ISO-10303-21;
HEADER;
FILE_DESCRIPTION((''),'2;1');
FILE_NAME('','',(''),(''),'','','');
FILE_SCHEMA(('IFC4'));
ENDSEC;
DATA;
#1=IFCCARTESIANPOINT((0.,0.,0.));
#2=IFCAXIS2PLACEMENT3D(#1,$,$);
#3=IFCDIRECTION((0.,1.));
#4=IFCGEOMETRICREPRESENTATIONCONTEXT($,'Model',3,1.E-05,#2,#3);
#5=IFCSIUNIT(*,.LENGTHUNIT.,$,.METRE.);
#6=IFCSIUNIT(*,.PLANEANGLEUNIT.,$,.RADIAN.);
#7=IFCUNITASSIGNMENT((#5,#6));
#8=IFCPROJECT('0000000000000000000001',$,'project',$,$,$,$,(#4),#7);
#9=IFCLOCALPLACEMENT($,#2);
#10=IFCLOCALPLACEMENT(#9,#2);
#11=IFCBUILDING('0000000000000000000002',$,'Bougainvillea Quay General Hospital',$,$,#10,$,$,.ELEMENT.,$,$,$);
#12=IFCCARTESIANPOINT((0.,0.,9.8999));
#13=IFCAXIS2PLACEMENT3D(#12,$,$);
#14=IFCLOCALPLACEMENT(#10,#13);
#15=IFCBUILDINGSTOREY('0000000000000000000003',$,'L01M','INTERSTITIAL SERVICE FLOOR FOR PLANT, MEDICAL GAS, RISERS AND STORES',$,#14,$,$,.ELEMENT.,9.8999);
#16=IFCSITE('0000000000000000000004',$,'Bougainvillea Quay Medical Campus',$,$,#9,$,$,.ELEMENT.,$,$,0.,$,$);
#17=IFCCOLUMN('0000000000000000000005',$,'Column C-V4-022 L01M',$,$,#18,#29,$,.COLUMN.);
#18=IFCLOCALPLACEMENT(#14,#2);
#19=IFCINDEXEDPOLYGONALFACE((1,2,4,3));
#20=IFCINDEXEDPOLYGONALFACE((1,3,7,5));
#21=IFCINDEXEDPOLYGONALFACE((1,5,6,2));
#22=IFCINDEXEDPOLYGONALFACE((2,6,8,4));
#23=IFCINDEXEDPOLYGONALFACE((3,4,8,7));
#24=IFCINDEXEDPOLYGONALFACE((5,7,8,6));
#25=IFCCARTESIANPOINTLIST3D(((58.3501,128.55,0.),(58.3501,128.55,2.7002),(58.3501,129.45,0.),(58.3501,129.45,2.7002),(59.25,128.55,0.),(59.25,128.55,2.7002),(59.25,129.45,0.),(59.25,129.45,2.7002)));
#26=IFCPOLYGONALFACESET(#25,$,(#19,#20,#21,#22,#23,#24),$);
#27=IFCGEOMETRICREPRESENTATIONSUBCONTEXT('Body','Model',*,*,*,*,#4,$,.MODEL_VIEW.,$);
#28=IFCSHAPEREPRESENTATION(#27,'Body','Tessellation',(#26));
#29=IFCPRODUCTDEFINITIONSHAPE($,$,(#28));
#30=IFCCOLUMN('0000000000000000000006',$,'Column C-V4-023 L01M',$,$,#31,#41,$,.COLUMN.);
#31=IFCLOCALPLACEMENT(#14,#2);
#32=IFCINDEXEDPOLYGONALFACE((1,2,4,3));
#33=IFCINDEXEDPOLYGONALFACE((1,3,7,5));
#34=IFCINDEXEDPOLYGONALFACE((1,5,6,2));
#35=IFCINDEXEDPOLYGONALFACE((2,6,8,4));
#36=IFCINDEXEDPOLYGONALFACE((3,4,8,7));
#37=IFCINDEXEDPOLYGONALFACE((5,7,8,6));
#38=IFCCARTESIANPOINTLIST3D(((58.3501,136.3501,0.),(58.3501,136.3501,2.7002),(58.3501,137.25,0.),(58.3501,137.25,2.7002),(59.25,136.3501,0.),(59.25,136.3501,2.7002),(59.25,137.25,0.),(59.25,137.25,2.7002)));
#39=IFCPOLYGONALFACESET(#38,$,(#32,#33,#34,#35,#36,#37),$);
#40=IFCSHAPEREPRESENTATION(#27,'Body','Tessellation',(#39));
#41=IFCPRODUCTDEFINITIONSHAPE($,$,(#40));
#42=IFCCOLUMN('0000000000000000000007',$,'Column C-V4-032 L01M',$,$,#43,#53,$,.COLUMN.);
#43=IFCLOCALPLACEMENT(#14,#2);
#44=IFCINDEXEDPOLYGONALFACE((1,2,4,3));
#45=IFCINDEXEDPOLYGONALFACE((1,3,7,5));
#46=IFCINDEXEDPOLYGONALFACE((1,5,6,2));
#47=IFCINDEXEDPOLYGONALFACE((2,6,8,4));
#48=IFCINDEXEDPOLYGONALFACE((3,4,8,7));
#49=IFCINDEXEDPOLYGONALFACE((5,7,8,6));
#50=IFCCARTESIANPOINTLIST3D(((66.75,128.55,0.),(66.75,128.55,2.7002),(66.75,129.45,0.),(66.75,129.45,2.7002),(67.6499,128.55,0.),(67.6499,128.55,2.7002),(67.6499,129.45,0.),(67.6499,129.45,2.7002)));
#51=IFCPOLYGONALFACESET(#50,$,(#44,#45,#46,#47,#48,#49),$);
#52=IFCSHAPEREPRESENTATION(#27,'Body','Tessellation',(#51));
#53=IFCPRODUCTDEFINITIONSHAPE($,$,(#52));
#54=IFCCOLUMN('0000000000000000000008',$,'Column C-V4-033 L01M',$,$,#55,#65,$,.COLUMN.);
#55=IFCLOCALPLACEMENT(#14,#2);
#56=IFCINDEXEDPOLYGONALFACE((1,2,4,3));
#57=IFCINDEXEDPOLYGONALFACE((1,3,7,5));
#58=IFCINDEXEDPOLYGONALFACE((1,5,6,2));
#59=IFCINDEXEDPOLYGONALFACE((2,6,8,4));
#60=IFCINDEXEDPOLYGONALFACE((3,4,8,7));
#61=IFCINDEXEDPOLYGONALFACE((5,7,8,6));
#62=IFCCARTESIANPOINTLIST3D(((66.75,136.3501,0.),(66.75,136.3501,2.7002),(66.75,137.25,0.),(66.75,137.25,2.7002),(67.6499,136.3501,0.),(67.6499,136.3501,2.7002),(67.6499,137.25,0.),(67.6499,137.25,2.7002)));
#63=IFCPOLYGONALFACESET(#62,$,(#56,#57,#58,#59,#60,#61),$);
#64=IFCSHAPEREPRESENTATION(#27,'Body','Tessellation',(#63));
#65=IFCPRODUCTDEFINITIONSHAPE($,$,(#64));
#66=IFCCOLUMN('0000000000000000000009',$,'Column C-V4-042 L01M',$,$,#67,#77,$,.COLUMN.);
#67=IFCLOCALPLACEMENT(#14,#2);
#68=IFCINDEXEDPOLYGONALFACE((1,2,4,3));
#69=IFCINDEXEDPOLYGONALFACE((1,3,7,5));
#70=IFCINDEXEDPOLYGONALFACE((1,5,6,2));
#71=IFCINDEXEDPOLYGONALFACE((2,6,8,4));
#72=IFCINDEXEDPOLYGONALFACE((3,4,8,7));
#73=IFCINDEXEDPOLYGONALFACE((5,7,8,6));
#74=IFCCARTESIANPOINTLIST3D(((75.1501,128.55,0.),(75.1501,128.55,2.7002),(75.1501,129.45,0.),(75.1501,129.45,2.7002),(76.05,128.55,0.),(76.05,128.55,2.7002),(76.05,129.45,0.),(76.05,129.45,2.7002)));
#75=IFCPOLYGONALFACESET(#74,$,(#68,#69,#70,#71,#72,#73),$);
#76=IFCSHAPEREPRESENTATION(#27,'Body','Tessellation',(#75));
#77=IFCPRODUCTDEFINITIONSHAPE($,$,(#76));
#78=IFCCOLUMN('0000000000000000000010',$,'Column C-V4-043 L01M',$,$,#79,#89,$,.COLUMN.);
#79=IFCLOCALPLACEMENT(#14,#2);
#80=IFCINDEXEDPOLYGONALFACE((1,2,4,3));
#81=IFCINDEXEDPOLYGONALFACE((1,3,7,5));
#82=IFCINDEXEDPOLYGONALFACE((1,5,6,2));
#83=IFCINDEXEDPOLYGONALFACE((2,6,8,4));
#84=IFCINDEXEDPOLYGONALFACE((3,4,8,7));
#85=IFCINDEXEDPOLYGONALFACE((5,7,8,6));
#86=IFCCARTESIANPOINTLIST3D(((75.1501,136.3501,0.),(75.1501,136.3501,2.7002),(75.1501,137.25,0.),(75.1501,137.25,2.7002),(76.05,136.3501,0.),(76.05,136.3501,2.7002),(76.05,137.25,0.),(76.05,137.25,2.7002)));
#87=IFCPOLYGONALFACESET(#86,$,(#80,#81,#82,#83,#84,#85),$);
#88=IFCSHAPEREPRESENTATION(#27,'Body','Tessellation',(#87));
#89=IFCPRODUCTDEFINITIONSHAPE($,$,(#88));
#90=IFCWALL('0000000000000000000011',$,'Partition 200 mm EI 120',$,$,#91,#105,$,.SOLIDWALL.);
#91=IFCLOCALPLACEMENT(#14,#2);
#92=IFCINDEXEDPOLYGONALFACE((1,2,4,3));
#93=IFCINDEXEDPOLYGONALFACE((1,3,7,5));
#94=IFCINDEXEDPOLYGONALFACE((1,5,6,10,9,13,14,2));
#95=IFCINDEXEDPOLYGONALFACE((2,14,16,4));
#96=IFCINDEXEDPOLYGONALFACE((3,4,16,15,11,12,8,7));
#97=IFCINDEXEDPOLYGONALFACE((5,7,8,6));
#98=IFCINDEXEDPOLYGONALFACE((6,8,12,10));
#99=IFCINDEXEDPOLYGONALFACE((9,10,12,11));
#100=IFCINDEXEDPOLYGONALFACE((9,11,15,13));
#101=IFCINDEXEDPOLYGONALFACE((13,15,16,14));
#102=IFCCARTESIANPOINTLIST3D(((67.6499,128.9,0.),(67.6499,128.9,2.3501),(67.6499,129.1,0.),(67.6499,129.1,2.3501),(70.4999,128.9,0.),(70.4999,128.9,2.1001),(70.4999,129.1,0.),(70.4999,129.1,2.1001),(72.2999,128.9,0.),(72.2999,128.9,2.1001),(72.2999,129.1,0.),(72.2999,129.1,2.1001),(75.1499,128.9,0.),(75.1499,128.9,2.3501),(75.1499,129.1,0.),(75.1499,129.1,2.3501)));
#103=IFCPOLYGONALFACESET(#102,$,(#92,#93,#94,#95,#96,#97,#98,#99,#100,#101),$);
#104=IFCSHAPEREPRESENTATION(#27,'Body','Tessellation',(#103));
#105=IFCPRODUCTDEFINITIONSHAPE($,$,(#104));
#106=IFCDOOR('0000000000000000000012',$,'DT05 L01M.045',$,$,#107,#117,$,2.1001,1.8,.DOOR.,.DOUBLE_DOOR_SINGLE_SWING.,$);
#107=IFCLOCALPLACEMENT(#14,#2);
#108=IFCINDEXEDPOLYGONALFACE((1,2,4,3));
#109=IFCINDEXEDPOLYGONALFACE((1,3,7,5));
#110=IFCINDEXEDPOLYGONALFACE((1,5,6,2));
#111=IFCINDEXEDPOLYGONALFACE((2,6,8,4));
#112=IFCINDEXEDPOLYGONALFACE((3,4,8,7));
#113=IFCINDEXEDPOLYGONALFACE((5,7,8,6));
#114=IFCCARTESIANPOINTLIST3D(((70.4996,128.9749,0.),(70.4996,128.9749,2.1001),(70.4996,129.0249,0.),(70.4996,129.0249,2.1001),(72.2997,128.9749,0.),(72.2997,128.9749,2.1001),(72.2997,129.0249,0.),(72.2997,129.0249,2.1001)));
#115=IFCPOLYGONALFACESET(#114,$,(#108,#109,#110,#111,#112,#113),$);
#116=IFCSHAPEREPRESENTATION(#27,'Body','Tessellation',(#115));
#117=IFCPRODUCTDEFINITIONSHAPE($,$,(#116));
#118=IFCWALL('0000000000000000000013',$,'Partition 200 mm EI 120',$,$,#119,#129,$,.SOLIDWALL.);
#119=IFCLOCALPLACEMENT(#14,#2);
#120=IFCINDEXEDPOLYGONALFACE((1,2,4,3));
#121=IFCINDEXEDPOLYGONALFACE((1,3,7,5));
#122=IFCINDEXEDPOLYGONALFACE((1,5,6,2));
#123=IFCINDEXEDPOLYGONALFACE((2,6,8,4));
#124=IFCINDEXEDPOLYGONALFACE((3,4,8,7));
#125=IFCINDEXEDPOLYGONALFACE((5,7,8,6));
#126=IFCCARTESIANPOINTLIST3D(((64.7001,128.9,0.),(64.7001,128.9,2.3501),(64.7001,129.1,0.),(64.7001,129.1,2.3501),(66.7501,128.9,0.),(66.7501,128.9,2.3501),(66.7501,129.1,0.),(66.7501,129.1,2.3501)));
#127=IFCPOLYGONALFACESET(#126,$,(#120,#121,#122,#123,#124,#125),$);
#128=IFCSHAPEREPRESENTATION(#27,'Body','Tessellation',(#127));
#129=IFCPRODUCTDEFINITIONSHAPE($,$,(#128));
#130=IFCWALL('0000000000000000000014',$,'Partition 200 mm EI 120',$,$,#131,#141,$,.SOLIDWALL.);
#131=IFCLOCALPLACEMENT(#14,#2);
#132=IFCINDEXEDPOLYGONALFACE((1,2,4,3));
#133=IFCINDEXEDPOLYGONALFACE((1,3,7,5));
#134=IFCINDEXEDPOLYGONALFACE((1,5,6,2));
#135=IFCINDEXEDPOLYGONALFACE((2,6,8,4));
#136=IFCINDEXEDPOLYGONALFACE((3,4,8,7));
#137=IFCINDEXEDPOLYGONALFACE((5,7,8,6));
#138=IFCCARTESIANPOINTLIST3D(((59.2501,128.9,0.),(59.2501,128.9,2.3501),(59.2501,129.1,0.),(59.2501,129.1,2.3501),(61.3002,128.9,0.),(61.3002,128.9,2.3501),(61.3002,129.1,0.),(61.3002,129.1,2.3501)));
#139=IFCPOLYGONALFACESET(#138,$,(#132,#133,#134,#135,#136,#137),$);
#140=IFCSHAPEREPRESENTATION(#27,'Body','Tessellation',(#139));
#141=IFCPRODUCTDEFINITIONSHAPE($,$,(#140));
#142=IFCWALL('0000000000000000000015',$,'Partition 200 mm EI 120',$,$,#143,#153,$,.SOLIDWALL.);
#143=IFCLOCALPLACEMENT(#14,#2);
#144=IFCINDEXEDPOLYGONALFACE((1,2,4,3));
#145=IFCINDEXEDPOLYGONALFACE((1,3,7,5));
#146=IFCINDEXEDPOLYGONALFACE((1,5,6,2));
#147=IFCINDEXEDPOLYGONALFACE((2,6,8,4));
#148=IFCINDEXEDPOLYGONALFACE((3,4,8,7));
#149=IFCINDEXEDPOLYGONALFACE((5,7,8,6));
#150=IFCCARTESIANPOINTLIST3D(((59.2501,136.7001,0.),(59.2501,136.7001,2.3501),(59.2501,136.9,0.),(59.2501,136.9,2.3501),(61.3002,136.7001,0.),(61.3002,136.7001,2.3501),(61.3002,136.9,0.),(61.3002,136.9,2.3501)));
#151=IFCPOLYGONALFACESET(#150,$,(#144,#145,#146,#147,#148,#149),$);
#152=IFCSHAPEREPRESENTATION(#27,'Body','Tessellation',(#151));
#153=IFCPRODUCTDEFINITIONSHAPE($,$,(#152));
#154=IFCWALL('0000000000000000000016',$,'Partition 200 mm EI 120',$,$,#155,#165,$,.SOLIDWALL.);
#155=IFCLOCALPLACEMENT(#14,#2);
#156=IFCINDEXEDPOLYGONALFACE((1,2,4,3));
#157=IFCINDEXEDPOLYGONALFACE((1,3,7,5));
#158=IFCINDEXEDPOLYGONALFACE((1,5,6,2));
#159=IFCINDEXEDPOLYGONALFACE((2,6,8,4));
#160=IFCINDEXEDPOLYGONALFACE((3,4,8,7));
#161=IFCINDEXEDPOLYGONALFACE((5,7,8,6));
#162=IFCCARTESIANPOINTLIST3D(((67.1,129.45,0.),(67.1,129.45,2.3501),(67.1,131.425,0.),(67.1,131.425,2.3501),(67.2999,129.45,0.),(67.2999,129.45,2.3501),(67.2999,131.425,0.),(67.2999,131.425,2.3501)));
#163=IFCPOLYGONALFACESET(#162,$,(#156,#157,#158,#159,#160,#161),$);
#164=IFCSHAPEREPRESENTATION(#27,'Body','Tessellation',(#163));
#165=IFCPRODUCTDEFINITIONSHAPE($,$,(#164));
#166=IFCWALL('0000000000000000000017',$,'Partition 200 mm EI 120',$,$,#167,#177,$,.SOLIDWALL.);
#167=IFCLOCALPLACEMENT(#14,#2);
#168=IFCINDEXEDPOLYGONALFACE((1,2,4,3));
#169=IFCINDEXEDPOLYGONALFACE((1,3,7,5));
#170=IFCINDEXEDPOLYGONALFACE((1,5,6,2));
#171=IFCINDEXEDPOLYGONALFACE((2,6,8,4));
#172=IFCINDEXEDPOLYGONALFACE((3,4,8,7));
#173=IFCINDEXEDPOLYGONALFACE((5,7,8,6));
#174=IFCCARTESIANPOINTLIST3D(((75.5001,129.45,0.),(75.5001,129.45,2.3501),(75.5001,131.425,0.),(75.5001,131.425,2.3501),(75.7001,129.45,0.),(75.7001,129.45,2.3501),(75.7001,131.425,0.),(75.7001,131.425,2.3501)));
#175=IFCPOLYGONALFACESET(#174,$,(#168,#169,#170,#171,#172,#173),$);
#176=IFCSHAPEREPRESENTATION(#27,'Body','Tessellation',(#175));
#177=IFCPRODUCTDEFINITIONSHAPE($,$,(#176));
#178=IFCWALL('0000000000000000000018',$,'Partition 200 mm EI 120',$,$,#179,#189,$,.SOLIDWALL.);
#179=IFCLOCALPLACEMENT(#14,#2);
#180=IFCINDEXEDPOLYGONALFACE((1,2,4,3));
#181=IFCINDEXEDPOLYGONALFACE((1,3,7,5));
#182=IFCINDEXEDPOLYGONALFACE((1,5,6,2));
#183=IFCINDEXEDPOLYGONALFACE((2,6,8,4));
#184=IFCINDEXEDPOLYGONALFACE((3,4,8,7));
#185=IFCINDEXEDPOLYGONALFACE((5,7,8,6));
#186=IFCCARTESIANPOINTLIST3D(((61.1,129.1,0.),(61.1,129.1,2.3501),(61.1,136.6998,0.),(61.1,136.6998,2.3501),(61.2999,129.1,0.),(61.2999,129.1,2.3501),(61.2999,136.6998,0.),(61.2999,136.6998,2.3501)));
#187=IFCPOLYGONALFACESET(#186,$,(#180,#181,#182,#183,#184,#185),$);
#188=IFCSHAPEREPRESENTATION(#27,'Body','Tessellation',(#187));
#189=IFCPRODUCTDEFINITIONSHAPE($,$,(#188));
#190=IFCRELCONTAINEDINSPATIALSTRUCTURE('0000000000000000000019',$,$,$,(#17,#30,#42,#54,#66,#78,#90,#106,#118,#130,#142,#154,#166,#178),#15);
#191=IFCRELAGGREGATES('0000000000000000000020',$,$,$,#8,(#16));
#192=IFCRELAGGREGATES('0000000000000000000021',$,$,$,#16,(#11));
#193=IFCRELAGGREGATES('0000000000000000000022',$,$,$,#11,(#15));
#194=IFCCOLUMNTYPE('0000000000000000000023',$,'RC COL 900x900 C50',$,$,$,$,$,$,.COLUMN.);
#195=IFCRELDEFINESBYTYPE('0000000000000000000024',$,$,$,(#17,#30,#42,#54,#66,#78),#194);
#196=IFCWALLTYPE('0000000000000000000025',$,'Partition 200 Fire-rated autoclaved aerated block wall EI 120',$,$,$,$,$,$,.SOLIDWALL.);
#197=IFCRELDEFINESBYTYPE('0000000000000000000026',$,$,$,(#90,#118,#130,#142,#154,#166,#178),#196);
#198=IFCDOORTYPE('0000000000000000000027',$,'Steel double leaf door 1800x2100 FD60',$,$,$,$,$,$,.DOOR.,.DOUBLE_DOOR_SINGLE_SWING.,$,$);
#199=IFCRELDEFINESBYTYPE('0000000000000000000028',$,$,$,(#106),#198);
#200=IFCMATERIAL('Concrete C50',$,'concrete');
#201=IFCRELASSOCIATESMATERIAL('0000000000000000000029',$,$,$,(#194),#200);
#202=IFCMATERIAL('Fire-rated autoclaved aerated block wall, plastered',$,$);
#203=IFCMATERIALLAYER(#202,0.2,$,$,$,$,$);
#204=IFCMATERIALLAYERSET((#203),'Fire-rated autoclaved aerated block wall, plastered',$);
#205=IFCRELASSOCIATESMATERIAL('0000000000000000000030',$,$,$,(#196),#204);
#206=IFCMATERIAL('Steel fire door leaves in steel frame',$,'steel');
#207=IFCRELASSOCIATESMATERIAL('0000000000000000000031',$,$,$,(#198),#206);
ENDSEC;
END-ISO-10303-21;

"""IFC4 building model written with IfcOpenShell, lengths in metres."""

from ifc_helpers import new_model, si_unit, direction, frame, frame_2d, origin, origin_2d, place, context, subcontext, project, spatial, rectangle, extrude, material, layer, layer_set, material_profile, profile_set, type_object, element, fill, save


model = new_model("IFC4")

# Units and contexts
model_context = context("Model", 3, precision=1e-05, world=origin(), true_north=direction((0.0, 1.0)))
body_context = subcontext(model_context, "Body", "Model", "MODEL_VIEW")
ifc_project = project(units=[si_unit("LENGTHUNIT", "METRE"), si_unit("PLANEANGLEUNIT", "RADIAN")], contexts=[model_context])

# Site, building, storey
site_placement = place(None, origin())
site = spatial("IfcSite", under=ifc_project, at=site_placement, Name="Bougainvillea Quay Medical Campus", CompositionType="ELEMENT", RefElevation=0.0)
building_placement = place(site_placement, origin())
building = spatial("IfcBuilding", under=site, at=building_placement, Name="Bougainvillea Quay General Hospital", CompositionType="ELEMENT")
storey_placement = place(building_placement, frame((0.0, 0.0, 9.8999)))
storey = spatial("IfcBuildingStorey", under=building, at=storey_placement, Name="L01M", Description="INTERSTITIAL SERVICE FLOOR FOR PLANT, MEDICAL GAS, RISERS AND STORES", CompositionType="ELEMENT", Elevation=9.8999)

# Columns
ifc_material_1 = material(Name="Concrete C50", Category="concrete")
ifc_material_profile = material_profile(ifc_material_1, rectangle(XDim=0.8999, YDim=0.8999, at=origin_2d()))
ifc_profile_set = profile_set([ifc_material_profile], Name="Concrete C50")
column_type = type_object("IfcColumnType", Name="RC COL 900x900 C50", PredefinedType="COLUMN", material=ifc_profile_set)
for number, where, z_axis, x_axis, name in (
    (1, (58.8, 129.0, 0.0), (0.0, 0.0, 1.0), (1.0, 0.0, 0.0), "Column C-V4-022 L01M"),
    (2, (58.8, 136.8, 0.0), (0.0, 0.0, 1.0), (1.0, 0.0, 0.0), "Column C-V4-023 L01M"),
    (3, (67.2, 129.0, 0.0), (0.0, 0.0, 1.0), (1.0, 0.0, 0.0), "Column C-V4-032 L01M"),
    (4, (67.2, 136.8, 0.0), (0.0, 0.0, 1.0), (1.0, 0.0, 0.0), "Column C-V4-033 L01M"),
    (5, (75.6001, 129.0, 0.0), (0.0, 0.0, 1.0), (1.0, 0.0, 0.0), "Column C-V4-042 L01M"),
    (6, (75.6001, 136.8, 0.0), (0.0, 0.0, 1.0), (1.0, 0.0, 0.0), "Column C-V4-043 L01M"),
):
    element("IfcColumn", number, at=place(storey_placement, frame(where, z_axis=z_axis, x_axis=x_axis)), inside=storey, type_object=column_type, Name=name, PredefinedType="COLUMN", context=body_context, shape_type="SweptSolid", body=[
        extrude(rectangle(XDim=0.8999, YDim=0.8999, at=origin_2d()), origin(), (0.0, 0.0, 1.0), 2.7002),
    ])

# Wall, opening, door
ifc_material_2 = material(Name="Fire-rated autoclaved aerated block wall, plastered")
ifc_layer_1 = layer(ifc_material_2, 0.2)
ifc_layer_set_1 = layer_set([ifc_layer_1], Name="Fire-rated autoclaved aerated block wall, plastered")
wall_type_1 = type_object("IfcWallType", Name="Partition 200 Fire-rated autoclaved aerated block wall EI 120", PredefinedType="SOLIDWALL", material=ifc_layer_set_1)
wall_1_placement = place(storey_placement, frame((75.1499, 129.0, 0.0), z_axis=(0.0, 0.0, 1.0), x_axis=(-1.0, 0.0, 0.0)))
wall_1 = element("IfcWall", 7, at=wall_1_placement, inside=storey, type_object=wall_type_1, Name="Partition 200 mm EI 120", PredefinedType="SOLIDWALL", context=body_context, shape_type="SweptSolid", body=[
    extrude(rectangle(XDim=7.5, YDim=0.2, at=frame_2d((3.75, 0.0))), origin(), (0.0, 0.0, 1.0), 2.3501),
])
opening_1_placement = place(wall_1_placement, frame((2.8501, 0.0, 0.0)))
opening_1 = element("IfcOpeningElement", 8, at=opening_1_placement, cuts=wall_1, PredefinedType="OPENING", context=body_context, shape_type="SweptSolid", body=[
    extrude(rectangle(XDim=1.8, YDim=2.1001, at=frame_2d((0.8999, 1.05))), frame((0.0, 0.1099, 0.0), z_axis=(0.0, -1.0, 0.0), x_axis=(1.0, 0.0, 0.0)), (0.0, 0.0, 1.0), 0.22),
])
ifc_material_3 = material(Name="Steel fire door leaves in steel frame", Category="steel")
door_type_1 = type_object("IfcDoorType", Name="Steel double leaf door 1800x2100 FD60", OperationType="DOUBLE_DOOR_SINGLE_SWING", PredefinedType="DOOR", material=ifc_material_3)
door_1_placement = place(opening_1_placement, frame((1.8, 0.0, 0.0), z_axis=(0.0, 0.0, 1.0), x_axis=(-1.0, 0.0, 0.0)))
door_1 = element("IfcDoor", 9, at=door_1_placement, inside=storey, type_object=door_type_1, Name="DT05 L01M.045", OperationType="DOUBLE_DOOR_SINGLE_SWING", OverallHeight=2.1001, OverallWidth=1.8, PredefinedType="DOOR", context=body_context, shape_type="SweptSolid", body=[
    extrude(rectangle(XDim=1.8, YDim=2.1001, at=frame_2d((0.8999, 1.05))), frame((0.0, 0.0249, 0.0), z_axis=(0.0, -1.0, 0.0), x_axis=(1.0, 0.0, 0.0)), (0.0, 0.0, 1.0), 0.05),
])
fill(opening_1, door_1)

# Walls
for number, where, z_axis, x_axis, name in (
    (10, (66.75, 129.0, 0.0), (0.0, 0.0, 1.0), (-1.0, 0.0, 0.0), "Partition 200 mm EI 120"),
    (11, (61.3, 129.0, 0.0), (0.0, 0.0, 1.0), (-1.0, 0.0, 0.0), "Partition 200 mm EI 120"),
    (12, (61.3, 136.8, 0.0), (0.0, 0.0, 1.0), (-1.0, 0.0, 0.0), "Partition 200 mm EI 120"),
):
    element("IfcWall", number, at=place(storey_placement, frame(where, z_axis=z_axis, x_axis=x_axis)), inside=storey, type_object=wall_type_1, Name=name, PredefinedType="SOLIDWALL", context=body_context, shape_type="SweptSolid", body=[
        extrude(rectangle(XDim=2.05, YDim=0.2, at=frame_2d((1.0249, 0.0))), origin(), (0.0, 0.0, 1.0), 2.3501),
    ])
for number, where, z_axis, x_axis, name in (
    (13, (67.2, 129.45, 0.0), (0.0, 0.0, 1.0), (0.0, 1.0, 0.0), "Partition 200 mm EI 120"),
    (14, (75.6001, 129.45, 0.0), (0.0, 0.0, 1.0), (0.0, 1.0, 0.0), "Partition 200 mm EI 120"),
):
    element("IfcWall", number, at=place(storey_placement, frame(where, z_axis=z_axis, x_axis=x_axis)), inside=storey, type_object=wall_type_1, Name=name, PredefinedType="SOLIDWALL", context=body_context, shape_type="SweptSolid", body=[
        extrude(rectangle(XDim=1.9751, YDim=0.2, at=frame_2d((0.9875, 0.0))), origin(), (0.0, 0.0, 1.0), 2.3501),
    ])
wall_2_placement = place(storey_placement, frame((61.2, 129.1001, 0.0), z_axis=(0.0, 0.0, 1.0), x_axis=(0.0, 1.0, 0.0)))
element("IfcWall", 15, at=wall_2_placement, inside=storey, type_object=wall_type_1, Name="Partition 200 mm EI 120", PredefinedType="SOLIDWALL", context=body_context, shape_type="SweptSolid", body=[
    extrude(rectangle(XDim=7.5999, YDim=0.2, at=frame_2d((3.7998, 0.0))), origin(), (0.0, 0.0, 1.0), 2.3501),
])

save(model, "model.ifc")
